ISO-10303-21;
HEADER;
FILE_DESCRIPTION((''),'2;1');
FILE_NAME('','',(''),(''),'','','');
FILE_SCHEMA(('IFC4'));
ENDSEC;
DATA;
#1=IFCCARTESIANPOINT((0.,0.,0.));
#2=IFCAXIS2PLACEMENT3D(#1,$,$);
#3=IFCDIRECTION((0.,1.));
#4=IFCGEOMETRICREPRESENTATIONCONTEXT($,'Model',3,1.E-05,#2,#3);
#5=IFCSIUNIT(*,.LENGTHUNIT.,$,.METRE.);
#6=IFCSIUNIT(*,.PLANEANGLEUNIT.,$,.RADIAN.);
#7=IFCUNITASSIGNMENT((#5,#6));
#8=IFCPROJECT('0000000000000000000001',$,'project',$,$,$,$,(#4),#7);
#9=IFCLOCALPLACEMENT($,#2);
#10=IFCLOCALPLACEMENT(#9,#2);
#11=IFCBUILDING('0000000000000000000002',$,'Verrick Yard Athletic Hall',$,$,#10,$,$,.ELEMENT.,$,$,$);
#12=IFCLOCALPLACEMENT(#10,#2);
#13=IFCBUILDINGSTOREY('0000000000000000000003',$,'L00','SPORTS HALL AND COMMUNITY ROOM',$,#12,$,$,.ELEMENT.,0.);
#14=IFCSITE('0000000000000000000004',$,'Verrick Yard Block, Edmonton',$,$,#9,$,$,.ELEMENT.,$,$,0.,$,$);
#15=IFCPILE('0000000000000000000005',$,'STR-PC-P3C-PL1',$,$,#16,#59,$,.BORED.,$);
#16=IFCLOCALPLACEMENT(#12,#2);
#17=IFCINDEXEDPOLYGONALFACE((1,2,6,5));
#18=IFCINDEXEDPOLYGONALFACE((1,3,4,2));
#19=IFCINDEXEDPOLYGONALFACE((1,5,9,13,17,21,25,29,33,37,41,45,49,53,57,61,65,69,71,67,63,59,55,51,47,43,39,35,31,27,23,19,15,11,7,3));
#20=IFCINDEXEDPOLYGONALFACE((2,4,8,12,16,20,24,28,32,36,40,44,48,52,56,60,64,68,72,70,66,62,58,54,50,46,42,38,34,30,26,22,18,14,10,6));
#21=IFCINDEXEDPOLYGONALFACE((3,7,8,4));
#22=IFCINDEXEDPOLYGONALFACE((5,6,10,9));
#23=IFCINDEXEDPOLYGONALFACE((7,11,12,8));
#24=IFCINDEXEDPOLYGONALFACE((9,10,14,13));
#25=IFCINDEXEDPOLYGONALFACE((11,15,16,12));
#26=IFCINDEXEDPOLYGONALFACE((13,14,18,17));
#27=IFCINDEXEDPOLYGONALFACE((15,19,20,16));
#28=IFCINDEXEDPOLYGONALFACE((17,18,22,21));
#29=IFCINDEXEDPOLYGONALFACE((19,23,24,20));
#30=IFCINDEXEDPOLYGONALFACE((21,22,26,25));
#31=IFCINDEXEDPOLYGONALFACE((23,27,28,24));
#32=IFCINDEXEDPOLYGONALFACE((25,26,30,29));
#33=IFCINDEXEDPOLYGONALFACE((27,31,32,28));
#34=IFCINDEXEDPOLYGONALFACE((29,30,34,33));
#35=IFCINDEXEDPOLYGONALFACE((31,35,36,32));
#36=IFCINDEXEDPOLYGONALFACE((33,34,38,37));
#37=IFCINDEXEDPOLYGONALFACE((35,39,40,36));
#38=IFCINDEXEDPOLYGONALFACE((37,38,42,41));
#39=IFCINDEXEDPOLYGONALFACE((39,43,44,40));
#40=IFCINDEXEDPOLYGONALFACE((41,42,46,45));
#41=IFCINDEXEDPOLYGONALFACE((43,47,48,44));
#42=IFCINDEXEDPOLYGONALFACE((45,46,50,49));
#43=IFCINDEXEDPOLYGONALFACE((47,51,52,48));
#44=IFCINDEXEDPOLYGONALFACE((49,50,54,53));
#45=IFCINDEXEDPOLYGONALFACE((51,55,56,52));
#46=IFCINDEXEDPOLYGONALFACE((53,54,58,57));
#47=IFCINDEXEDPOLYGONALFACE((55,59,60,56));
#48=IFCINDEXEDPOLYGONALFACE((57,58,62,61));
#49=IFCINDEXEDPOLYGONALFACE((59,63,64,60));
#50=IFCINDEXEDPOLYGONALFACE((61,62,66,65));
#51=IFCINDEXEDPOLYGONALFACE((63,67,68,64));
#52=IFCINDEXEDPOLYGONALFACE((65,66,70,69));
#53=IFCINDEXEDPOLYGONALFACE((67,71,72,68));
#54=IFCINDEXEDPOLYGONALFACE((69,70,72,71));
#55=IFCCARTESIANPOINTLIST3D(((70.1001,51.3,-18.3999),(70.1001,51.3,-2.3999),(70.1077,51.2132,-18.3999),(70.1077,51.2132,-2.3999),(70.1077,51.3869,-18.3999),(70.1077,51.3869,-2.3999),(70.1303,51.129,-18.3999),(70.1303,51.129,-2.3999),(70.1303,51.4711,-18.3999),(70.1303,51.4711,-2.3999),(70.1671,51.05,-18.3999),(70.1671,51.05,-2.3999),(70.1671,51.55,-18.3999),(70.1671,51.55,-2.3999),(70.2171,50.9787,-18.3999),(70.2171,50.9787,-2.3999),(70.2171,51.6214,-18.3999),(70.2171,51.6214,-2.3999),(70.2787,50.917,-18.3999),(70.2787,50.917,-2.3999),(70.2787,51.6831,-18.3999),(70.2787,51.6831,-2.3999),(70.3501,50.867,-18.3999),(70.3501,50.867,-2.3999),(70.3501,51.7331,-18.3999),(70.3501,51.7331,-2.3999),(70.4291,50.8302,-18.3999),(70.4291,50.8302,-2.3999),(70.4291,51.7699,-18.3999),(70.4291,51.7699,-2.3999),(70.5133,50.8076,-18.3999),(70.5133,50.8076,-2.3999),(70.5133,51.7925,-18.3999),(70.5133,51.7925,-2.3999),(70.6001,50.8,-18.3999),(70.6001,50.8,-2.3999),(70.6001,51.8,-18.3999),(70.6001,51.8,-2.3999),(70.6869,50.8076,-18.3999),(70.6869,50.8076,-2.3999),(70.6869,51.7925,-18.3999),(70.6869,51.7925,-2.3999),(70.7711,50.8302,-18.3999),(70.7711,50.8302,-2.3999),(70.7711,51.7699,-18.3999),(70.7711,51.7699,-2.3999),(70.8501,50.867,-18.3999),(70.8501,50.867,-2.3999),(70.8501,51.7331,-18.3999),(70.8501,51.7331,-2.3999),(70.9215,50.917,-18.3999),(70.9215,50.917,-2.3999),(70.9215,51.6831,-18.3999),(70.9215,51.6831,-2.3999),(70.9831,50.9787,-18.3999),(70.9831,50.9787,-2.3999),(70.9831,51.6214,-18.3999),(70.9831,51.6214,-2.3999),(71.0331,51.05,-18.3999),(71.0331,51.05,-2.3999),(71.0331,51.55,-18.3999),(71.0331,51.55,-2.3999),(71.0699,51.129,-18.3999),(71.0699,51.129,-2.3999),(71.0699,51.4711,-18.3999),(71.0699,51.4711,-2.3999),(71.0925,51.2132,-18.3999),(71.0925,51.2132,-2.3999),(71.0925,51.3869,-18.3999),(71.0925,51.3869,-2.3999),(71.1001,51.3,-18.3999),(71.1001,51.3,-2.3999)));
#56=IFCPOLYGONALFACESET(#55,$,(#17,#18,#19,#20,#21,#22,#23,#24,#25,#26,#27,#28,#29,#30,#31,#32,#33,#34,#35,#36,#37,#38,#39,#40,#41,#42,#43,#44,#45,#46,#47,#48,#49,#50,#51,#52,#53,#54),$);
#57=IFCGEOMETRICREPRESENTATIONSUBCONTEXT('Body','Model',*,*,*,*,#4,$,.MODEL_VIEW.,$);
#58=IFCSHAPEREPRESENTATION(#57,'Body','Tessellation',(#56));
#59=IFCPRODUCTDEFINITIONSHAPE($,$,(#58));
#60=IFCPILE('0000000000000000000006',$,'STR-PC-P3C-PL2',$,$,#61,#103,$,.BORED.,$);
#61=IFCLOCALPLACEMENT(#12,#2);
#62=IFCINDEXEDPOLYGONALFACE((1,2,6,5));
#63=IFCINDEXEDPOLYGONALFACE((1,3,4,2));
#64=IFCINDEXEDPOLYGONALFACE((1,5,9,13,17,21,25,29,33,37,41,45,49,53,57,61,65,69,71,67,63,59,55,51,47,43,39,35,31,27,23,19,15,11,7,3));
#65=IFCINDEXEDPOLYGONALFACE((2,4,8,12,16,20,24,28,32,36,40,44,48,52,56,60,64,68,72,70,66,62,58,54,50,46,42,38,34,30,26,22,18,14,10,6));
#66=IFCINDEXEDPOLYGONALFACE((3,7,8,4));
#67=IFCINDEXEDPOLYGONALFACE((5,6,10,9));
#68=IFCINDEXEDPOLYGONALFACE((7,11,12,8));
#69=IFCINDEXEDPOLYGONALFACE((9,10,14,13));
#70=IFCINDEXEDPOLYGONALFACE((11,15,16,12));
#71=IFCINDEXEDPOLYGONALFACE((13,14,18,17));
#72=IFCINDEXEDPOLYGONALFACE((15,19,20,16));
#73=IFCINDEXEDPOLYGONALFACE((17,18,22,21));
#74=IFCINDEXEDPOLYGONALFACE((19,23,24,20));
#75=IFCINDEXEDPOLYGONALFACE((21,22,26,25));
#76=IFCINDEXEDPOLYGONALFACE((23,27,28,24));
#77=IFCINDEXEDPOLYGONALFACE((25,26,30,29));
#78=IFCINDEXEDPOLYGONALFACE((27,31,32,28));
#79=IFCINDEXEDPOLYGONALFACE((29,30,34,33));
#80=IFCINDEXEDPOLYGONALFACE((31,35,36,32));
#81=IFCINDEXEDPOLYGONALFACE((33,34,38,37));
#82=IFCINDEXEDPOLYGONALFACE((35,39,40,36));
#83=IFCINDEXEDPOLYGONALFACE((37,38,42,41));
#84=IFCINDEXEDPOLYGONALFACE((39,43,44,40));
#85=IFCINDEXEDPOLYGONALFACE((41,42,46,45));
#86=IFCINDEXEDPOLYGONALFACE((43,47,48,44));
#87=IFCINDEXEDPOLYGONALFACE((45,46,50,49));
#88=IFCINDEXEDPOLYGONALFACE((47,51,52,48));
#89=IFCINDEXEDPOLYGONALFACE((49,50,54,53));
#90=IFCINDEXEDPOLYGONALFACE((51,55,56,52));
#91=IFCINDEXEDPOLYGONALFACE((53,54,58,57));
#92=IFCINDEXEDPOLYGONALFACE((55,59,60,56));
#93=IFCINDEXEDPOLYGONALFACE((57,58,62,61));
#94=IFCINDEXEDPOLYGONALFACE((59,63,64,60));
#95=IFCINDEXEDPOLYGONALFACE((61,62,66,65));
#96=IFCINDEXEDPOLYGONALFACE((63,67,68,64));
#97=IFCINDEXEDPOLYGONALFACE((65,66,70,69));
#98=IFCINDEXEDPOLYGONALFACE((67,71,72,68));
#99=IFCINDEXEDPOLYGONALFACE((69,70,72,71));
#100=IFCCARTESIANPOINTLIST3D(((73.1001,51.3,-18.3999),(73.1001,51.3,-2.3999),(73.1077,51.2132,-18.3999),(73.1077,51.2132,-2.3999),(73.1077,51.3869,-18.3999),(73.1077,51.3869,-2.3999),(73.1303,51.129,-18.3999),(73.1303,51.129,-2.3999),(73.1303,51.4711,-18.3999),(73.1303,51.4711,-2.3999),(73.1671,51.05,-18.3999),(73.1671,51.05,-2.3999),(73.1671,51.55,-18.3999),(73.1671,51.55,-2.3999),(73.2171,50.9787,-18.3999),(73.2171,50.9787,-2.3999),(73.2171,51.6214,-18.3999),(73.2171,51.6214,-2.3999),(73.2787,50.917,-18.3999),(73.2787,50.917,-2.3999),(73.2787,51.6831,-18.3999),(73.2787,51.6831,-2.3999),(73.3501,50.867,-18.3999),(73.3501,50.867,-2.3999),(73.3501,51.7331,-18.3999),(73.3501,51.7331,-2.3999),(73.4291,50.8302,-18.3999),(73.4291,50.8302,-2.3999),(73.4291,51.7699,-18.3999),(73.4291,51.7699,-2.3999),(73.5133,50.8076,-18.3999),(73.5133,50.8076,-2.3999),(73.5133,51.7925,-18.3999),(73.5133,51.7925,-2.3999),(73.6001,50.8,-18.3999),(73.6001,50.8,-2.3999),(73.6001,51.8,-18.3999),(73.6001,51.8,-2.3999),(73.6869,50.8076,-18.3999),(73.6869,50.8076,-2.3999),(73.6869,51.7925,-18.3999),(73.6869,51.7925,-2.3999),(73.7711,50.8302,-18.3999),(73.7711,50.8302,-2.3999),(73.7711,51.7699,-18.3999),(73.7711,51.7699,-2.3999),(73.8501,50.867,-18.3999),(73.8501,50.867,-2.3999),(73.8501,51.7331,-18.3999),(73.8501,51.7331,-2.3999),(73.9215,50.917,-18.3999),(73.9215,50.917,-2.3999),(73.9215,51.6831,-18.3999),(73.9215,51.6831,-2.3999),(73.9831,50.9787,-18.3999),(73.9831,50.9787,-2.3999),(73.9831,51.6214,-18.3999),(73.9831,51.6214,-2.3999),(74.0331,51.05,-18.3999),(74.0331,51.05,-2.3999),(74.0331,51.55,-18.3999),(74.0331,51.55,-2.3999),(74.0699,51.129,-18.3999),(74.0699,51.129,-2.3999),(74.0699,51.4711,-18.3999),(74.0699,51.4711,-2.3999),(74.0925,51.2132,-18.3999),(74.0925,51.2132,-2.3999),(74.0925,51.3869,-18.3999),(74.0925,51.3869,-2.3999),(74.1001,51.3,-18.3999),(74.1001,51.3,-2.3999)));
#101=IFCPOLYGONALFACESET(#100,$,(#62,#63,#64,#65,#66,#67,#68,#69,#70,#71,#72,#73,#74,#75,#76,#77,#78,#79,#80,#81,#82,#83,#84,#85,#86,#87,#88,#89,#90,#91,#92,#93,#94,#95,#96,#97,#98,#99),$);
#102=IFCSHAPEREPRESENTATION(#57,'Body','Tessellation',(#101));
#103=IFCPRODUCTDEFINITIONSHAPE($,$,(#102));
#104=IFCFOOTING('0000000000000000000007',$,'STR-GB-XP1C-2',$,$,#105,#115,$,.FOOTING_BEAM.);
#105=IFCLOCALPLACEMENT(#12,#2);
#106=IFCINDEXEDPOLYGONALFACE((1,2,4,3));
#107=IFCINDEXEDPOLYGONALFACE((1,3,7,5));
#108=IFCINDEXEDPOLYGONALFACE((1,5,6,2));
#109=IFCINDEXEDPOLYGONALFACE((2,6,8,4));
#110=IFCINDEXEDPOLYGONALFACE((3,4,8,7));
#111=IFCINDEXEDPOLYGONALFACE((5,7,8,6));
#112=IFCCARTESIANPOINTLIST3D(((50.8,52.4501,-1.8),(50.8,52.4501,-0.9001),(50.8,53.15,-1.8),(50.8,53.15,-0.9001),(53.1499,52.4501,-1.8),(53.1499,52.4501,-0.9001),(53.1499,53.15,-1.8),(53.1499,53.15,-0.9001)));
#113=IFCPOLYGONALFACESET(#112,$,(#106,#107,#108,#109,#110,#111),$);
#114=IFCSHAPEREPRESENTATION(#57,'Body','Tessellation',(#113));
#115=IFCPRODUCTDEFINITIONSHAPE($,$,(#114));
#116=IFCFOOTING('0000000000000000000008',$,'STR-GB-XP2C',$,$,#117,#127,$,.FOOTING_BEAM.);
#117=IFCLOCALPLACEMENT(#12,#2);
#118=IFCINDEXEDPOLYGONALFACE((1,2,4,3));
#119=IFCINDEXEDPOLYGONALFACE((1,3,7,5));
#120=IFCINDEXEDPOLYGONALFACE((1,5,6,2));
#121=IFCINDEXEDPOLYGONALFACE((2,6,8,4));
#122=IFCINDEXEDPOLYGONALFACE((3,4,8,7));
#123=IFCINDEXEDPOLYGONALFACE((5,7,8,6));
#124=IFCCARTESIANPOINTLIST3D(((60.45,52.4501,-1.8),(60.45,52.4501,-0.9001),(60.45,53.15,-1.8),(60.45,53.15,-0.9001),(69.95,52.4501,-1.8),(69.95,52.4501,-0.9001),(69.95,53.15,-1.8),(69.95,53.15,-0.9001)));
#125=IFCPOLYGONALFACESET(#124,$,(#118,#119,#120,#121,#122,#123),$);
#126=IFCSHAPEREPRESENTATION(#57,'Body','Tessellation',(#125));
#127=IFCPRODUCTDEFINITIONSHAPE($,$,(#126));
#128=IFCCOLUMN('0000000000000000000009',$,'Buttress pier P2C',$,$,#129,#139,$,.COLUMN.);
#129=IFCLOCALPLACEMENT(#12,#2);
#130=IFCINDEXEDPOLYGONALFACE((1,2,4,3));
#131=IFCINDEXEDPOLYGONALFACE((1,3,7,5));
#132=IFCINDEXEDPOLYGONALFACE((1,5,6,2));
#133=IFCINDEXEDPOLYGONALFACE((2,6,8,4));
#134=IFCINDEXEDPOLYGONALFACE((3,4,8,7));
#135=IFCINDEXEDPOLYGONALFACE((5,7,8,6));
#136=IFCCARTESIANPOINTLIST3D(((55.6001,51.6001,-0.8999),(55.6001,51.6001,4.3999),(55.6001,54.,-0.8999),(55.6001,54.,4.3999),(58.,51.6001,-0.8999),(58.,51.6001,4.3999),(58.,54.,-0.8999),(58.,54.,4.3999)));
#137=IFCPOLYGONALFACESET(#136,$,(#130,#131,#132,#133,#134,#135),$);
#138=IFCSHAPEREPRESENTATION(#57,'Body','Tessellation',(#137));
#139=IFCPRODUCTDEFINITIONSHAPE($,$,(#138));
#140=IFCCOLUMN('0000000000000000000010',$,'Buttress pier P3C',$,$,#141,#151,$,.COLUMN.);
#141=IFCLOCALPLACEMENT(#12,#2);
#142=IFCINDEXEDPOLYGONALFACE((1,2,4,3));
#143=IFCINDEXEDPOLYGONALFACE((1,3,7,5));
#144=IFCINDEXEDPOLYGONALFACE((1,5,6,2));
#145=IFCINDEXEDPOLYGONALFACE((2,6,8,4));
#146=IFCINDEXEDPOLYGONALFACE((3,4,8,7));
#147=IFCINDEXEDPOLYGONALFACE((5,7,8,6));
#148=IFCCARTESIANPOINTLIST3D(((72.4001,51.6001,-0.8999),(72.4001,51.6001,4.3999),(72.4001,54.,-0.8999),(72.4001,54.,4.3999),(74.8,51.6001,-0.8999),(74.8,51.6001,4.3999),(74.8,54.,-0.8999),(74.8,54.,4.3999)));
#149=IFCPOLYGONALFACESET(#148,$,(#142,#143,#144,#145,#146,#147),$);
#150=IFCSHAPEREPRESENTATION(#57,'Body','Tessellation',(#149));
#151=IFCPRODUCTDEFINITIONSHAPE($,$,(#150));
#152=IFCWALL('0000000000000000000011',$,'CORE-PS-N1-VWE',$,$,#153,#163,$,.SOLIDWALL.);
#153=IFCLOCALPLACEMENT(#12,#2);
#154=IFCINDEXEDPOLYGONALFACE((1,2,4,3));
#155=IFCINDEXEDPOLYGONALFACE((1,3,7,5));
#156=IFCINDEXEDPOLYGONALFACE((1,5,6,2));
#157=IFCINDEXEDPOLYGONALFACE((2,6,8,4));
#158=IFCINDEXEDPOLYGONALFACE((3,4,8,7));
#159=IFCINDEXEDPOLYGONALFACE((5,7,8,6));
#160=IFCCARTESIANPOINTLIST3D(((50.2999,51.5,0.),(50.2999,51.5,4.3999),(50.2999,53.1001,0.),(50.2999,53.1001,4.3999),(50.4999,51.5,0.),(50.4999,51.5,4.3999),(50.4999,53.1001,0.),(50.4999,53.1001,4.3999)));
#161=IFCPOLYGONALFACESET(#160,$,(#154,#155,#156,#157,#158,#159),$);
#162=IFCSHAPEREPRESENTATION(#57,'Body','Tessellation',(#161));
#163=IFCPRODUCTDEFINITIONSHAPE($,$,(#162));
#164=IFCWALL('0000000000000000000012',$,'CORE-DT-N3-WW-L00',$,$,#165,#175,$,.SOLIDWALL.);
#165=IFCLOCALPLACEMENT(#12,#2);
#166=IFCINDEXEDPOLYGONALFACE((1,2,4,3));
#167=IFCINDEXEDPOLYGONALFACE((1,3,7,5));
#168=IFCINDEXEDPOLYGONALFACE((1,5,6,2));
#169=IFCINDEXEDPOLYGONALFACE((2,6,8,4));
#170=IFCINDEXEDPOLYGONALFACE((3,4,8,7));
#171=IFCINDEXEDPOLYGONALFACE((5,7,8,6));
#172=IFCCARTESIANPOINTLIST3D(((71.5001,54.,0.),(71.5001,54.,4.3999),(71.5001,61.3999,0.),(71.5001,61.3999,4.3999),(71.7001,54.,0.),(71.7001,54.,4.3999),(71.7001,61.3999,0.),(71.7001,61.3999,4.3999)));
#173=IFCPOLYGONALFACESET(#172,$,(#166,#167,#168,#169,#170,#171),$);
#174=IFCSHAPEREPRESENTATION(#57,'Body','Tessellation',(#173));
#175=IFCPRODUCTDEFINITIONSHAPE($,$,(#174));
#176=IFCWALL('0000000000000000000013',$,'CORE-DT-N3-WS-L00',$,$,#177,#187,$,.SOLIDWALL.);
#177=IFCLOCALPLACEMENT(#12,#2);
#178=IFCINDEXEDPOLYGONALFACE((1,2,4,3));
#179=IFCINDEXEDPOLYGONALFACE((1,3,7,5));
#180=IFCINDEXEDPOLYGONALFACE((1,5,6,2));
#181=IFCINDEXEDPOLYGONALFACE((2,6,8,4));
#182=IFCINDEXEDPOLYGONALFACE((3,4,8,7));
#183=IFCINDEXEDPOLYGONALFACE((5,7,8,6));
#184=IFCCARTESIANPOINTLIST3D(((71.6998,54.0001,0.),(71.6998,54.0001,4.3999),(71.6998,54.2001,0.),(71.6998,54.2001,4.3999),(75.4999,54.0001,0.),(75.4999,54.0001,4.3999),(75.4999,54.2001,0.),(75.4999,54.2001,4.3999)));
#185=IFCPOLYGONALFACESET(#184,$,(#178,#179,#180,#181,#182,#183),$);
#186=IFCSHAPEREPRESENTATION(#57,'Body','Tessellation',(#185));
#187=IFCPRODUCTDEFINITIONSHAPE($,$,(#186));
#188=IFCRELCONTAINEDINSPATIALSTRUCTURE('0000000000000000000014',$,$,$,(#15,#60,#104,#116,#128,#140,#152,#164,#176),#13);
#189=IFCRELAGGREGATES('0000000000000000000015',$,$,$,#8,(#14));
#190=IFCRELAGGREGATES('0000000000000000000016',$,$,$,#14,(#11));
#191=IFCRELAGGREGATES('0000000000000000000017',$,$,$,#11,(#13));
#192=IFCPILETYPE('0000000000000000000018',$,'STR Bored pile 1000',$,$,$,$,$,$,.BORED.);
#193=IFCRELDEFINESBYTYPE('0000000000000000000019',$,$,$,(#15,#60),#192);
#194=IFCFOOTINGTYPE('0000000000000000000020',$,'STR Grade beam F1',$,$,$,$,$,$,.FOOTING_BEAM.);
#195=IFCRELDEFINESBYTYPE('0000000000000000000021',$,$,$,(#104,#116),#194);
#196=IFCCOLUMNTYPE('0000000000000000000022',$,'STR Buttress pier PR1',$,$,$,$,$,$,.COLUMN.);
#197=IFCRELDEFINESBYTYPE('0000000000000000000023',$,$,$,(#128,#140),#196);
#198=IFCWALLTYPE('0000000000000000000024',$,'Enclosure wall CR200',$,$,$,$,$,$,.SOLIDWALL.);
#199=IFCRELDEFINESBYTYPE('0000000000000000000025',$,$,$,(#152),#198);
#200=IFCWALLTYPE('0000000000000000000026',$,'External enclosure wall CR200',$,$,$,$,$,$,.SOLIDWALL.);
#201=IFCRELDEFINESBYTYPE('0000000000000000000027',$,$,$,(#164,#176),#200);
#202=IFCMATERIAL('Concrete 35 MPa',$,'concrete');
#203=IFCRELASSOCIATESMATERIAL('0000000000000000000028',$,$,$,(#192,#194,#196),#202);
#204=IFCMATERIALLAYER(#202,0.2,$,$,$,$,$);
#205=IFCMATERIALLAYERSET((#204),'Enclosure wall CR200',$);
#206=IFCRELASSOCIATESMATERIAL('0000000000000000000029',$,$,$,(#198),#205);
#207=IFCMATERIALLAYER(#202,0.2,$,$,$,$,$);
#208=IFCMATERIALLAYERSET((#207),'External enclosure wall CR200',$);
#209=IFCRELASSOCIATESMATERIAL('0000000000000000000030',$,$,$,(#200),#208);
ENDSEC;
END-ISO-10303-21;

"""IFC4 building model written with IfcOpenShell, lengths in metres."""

from ifc_helpers import new_model, si_unit, direction, frame, frame_2d, origin, origin_2d, place, context, subcontext, project, spatial, rectangle, circle, extrude, material, layer, layer_set, material_profile, profile_set, type_object, element, save


model = new_model("IFC4")

# Units and contexts
model_context = context("Model", 3, precision=1e-05, world=origin(), true_north=direction((0.0, 1.0)))
body_context = subcontext(model_context, "Body", "Model", "MODEL_VIEW")
ifc_project = project(units=[si_unit("LENGTHUNIT", "METRE"), si_unit("PLANEANGLEUNIT", "RADIAN")], contexts=[model_context])

# Site, building, storey
site_placement = place(None, origin())
site = spatial("IfcSite", under=ifc_project, at=site_placement, Name="Verrick Yard Block, Edmonton", CompositionType="ELEMENT", RefElevation=0.0)
building_placement = place(site_placement, origin())
building = spatial("IfcBuilding", under=site, at=building_placement, Name="Verrick Yard Athletic Hall", CompositionType="ELEMENT")
storey_placement = place(building_placement, origin())
storey = spatial("IfcBuildingStorey", under=building, at=storey_placement, Name="L00", Description="SPORTS HALL AND COMMUNITY ROOM", CompositionType="ELEMENT", Elevation=0.0)

# Piles
ifc_material_1 = material(Name="Concrete 35 MPa", Category="concrete")
pile_type = type_object("IfcPileType", Name="STR Bored pile 1000", PredefinedType="BORED", material=ifc_material_1)
for number, where, z_axis, x_axis, name in (
    (1, (70.6001, 51.3, -2.3999), (0.0, 0.0, -1.0), (1.0, 0.0, 0.0), "STR-PC-P3C-PL1"),
    (2, (73.6001, 51.3, -2.3999), (0.0, 0.0, -1.0), (1.0, 0.0, 0.0), "STR-PC-P3C-PL2"),
):
    element("IfcPile", number, at=place(storey_placement, frame(where, z_axis=z_axis, x_axis=x_axis)), inside=storey, type_object=pile_type, Name=name, PredefinedType="BORED", context=body_context, shape_type="SweptSolid", body=[
        extrude(circle(Radius=0.5, at=origin_2d()), origin(), (0.0, 0.0, 1.0), 16.0),
    ])

# Footings
ifc_material_profile_1 = material_profile(ifc_material_1, rectangle(XDim=0.7, YDim=0.8999, at=origin_2d()), Name="STR Grade beam F1")
ifc_profile_set_1 = profile_set([ifc_material_profile_1], Name="Concrete 35 MPa")
footing_type = type_object("IfcFootingType", Name="STR Grade beam F1", PredefinedType="FOOTING_BEAM", material=ifc_profile_set_1)
footing_1_placement = place(storey_placement, frame((50.8, 52.8, -1.3501), z_axis=(1.0, 0.0, 0.0), x_axis=(0.0, 1.0, 0.0)))
element("IfcFooting", 3, at=footing_1_placement, inside=storey, type_object=footing_type, Name="STR-GB-XP1C-2", PredefinedType="FOOTING_BEAM", context=body_context, shape_type="SweptSolid", body=[
    extrude(rectangle(XDim=0.7, YDim=0.8999, at=origin_2d()), origin(), (0.0, 0.0, 1.0), 2.3499),
])
footing_2_placement = place(storey_placement, frame((60.45, 52.8, -1.3501), z_axis=(1.0, 0.0, 0.0), x_axis=(0.0, 1.0, 0.0)))
element("IfcFooting", 4, at=footing_2_placement, inside=storey, type_object=footing_type, Name="STR-GB-XP2C", PredefinedType="FOOTING_BEAM", context=body_context, shape_type="SweptSolid", body=[
    extrude(rectangle(XDim=0.7, YDim=0.8999, at=origin_2d()), origin(), (0.0, 0.0, 1.0), 9.5),
])

# Columns
ifc_material_profile_2 = material_profile(ifc_material_1, rectangle(XDim=2.3999, YDim=2.3999, at=origin_2d()), Name="STR Buttress pier PR1")
ifc_profile_set_2 = profile_set([ifc_material_profile_2], Name="Concrete 35 MPa")
column_type = type_object("IfcColumnType", Name="STR Buttress pier PR1", PredefinedType="COLUMN", material=ifc_profile_set_2)
for number, where, z_axis, x_axis, name in (
    (5, (56.8, 52.8, -0.8999), (0.0, 0.0, 1.0), (1.0, 0.0, 0.0), "Buttress pier P2C"),
    (6, (73.6001, 52.8, -0.8999), (0.0, 0.0, 1.0), (1.0, 0.0, 0.0), "Buttress pier P3C"),
):
    element("IfcColumn", number, at=place(storey_placement, frame(where, z_axis=z_axis, x_axis=x_axis)), inside=storey, type_object=column_type, Name=name, PredefinedType="COLUMN", context=body_context, shape_type="SweptSolid", body=[
        extrude(rectangle(XDim=2.3999, YDim=2.3999, at=origin_2d()), origin(), (0.0, 0.0, 1.0), 5.2998),
    ])

# Walls
ifc_layer_1 = layer(ifc_material_1, 0.2)
ifc_layer_set_1 = layer_set([ifc_layer_1], Name="Enclosure wall CR200")
wall_type_1 = type_object("IfcWallType", Name="Enclosure wall CR200", PredefinedType="SOLIDWALL", material=ifc_layer_set_1)
wall_1_placement = place(storey_placement, frame((50.3999, 51.5, 0.0), z_axis=(0.0, 0.0, 1.0), x_axis=(0.0, 1.0, 0.0)))
element("IfcWall", 7, at=wall_1_placement, inside=storey, type_object=wall_type_1, Name="CORE-PS-N1-VWE", PredefinedType="SOLIDWALL", context=body_context, shape_type="SweptSolid", body=[
    extrude(rectangle(XDim=1.6001, YDim=0.2, at=frame_2d((0.8, 0.0))), origin(), (0.0, 0.0, 1.0), 4.3999),
])
ifc_layer_2 = layer(ifc_material_1, 0.2)
ifc_layer_set_2 = layer_set([ifc_layer_2], Name="External enclosure wall CR200")
wall_type_2 = type_object("IfcWallType", Name="External enclosure wall CR200", PredefinedType="SOLIDWALL", material=ifc_layer_set_2)
wall_2_placement = place(storey_placement, frame((71.6001, 54.0, 0.0), z_axis=(0.0, 0.0, 1.0), x_axis=(0.0, 1.0, 0.0)))
element("IfcWall", 8, at=wall_2_placement, inside=storey, type_object=wall_type_2, Name="CORE-DT-N3-WW-L00", PredefinedType="SOLIDWALL", context=body_context, shape_type="SweptSolid", body=[
    extrude(rectangle(XDim=7.3999, YDim=0.2, at=frame_2d((3.7, 0.0))), origin(), (0.0, 0.0, 1.0), 4.3999),
])
wall_3_placement = place(storey_placement, frame((71.7, 54.1001, 0.0), z_axis=(0.0, 0.0, 1.0), x_axis=(1.0, 0.0, 0.0)))
element("IfcWall", 9, at=wall_3_placement, inside=storey, type_object=wall_type_2, Name="CORE-DT-N3-WS-L00", PredefinedType="SOLIDWALL", context=body_context, shape_type="SweptSolid", body=[
    extrude(rectangle(XDim=3.8, YDim=0.2, at=frame_2d((1.8999, 0.0))), origin(), (0.0, 0.0, 1.0), 4.3999),
])

save(model, "model.ifc")
